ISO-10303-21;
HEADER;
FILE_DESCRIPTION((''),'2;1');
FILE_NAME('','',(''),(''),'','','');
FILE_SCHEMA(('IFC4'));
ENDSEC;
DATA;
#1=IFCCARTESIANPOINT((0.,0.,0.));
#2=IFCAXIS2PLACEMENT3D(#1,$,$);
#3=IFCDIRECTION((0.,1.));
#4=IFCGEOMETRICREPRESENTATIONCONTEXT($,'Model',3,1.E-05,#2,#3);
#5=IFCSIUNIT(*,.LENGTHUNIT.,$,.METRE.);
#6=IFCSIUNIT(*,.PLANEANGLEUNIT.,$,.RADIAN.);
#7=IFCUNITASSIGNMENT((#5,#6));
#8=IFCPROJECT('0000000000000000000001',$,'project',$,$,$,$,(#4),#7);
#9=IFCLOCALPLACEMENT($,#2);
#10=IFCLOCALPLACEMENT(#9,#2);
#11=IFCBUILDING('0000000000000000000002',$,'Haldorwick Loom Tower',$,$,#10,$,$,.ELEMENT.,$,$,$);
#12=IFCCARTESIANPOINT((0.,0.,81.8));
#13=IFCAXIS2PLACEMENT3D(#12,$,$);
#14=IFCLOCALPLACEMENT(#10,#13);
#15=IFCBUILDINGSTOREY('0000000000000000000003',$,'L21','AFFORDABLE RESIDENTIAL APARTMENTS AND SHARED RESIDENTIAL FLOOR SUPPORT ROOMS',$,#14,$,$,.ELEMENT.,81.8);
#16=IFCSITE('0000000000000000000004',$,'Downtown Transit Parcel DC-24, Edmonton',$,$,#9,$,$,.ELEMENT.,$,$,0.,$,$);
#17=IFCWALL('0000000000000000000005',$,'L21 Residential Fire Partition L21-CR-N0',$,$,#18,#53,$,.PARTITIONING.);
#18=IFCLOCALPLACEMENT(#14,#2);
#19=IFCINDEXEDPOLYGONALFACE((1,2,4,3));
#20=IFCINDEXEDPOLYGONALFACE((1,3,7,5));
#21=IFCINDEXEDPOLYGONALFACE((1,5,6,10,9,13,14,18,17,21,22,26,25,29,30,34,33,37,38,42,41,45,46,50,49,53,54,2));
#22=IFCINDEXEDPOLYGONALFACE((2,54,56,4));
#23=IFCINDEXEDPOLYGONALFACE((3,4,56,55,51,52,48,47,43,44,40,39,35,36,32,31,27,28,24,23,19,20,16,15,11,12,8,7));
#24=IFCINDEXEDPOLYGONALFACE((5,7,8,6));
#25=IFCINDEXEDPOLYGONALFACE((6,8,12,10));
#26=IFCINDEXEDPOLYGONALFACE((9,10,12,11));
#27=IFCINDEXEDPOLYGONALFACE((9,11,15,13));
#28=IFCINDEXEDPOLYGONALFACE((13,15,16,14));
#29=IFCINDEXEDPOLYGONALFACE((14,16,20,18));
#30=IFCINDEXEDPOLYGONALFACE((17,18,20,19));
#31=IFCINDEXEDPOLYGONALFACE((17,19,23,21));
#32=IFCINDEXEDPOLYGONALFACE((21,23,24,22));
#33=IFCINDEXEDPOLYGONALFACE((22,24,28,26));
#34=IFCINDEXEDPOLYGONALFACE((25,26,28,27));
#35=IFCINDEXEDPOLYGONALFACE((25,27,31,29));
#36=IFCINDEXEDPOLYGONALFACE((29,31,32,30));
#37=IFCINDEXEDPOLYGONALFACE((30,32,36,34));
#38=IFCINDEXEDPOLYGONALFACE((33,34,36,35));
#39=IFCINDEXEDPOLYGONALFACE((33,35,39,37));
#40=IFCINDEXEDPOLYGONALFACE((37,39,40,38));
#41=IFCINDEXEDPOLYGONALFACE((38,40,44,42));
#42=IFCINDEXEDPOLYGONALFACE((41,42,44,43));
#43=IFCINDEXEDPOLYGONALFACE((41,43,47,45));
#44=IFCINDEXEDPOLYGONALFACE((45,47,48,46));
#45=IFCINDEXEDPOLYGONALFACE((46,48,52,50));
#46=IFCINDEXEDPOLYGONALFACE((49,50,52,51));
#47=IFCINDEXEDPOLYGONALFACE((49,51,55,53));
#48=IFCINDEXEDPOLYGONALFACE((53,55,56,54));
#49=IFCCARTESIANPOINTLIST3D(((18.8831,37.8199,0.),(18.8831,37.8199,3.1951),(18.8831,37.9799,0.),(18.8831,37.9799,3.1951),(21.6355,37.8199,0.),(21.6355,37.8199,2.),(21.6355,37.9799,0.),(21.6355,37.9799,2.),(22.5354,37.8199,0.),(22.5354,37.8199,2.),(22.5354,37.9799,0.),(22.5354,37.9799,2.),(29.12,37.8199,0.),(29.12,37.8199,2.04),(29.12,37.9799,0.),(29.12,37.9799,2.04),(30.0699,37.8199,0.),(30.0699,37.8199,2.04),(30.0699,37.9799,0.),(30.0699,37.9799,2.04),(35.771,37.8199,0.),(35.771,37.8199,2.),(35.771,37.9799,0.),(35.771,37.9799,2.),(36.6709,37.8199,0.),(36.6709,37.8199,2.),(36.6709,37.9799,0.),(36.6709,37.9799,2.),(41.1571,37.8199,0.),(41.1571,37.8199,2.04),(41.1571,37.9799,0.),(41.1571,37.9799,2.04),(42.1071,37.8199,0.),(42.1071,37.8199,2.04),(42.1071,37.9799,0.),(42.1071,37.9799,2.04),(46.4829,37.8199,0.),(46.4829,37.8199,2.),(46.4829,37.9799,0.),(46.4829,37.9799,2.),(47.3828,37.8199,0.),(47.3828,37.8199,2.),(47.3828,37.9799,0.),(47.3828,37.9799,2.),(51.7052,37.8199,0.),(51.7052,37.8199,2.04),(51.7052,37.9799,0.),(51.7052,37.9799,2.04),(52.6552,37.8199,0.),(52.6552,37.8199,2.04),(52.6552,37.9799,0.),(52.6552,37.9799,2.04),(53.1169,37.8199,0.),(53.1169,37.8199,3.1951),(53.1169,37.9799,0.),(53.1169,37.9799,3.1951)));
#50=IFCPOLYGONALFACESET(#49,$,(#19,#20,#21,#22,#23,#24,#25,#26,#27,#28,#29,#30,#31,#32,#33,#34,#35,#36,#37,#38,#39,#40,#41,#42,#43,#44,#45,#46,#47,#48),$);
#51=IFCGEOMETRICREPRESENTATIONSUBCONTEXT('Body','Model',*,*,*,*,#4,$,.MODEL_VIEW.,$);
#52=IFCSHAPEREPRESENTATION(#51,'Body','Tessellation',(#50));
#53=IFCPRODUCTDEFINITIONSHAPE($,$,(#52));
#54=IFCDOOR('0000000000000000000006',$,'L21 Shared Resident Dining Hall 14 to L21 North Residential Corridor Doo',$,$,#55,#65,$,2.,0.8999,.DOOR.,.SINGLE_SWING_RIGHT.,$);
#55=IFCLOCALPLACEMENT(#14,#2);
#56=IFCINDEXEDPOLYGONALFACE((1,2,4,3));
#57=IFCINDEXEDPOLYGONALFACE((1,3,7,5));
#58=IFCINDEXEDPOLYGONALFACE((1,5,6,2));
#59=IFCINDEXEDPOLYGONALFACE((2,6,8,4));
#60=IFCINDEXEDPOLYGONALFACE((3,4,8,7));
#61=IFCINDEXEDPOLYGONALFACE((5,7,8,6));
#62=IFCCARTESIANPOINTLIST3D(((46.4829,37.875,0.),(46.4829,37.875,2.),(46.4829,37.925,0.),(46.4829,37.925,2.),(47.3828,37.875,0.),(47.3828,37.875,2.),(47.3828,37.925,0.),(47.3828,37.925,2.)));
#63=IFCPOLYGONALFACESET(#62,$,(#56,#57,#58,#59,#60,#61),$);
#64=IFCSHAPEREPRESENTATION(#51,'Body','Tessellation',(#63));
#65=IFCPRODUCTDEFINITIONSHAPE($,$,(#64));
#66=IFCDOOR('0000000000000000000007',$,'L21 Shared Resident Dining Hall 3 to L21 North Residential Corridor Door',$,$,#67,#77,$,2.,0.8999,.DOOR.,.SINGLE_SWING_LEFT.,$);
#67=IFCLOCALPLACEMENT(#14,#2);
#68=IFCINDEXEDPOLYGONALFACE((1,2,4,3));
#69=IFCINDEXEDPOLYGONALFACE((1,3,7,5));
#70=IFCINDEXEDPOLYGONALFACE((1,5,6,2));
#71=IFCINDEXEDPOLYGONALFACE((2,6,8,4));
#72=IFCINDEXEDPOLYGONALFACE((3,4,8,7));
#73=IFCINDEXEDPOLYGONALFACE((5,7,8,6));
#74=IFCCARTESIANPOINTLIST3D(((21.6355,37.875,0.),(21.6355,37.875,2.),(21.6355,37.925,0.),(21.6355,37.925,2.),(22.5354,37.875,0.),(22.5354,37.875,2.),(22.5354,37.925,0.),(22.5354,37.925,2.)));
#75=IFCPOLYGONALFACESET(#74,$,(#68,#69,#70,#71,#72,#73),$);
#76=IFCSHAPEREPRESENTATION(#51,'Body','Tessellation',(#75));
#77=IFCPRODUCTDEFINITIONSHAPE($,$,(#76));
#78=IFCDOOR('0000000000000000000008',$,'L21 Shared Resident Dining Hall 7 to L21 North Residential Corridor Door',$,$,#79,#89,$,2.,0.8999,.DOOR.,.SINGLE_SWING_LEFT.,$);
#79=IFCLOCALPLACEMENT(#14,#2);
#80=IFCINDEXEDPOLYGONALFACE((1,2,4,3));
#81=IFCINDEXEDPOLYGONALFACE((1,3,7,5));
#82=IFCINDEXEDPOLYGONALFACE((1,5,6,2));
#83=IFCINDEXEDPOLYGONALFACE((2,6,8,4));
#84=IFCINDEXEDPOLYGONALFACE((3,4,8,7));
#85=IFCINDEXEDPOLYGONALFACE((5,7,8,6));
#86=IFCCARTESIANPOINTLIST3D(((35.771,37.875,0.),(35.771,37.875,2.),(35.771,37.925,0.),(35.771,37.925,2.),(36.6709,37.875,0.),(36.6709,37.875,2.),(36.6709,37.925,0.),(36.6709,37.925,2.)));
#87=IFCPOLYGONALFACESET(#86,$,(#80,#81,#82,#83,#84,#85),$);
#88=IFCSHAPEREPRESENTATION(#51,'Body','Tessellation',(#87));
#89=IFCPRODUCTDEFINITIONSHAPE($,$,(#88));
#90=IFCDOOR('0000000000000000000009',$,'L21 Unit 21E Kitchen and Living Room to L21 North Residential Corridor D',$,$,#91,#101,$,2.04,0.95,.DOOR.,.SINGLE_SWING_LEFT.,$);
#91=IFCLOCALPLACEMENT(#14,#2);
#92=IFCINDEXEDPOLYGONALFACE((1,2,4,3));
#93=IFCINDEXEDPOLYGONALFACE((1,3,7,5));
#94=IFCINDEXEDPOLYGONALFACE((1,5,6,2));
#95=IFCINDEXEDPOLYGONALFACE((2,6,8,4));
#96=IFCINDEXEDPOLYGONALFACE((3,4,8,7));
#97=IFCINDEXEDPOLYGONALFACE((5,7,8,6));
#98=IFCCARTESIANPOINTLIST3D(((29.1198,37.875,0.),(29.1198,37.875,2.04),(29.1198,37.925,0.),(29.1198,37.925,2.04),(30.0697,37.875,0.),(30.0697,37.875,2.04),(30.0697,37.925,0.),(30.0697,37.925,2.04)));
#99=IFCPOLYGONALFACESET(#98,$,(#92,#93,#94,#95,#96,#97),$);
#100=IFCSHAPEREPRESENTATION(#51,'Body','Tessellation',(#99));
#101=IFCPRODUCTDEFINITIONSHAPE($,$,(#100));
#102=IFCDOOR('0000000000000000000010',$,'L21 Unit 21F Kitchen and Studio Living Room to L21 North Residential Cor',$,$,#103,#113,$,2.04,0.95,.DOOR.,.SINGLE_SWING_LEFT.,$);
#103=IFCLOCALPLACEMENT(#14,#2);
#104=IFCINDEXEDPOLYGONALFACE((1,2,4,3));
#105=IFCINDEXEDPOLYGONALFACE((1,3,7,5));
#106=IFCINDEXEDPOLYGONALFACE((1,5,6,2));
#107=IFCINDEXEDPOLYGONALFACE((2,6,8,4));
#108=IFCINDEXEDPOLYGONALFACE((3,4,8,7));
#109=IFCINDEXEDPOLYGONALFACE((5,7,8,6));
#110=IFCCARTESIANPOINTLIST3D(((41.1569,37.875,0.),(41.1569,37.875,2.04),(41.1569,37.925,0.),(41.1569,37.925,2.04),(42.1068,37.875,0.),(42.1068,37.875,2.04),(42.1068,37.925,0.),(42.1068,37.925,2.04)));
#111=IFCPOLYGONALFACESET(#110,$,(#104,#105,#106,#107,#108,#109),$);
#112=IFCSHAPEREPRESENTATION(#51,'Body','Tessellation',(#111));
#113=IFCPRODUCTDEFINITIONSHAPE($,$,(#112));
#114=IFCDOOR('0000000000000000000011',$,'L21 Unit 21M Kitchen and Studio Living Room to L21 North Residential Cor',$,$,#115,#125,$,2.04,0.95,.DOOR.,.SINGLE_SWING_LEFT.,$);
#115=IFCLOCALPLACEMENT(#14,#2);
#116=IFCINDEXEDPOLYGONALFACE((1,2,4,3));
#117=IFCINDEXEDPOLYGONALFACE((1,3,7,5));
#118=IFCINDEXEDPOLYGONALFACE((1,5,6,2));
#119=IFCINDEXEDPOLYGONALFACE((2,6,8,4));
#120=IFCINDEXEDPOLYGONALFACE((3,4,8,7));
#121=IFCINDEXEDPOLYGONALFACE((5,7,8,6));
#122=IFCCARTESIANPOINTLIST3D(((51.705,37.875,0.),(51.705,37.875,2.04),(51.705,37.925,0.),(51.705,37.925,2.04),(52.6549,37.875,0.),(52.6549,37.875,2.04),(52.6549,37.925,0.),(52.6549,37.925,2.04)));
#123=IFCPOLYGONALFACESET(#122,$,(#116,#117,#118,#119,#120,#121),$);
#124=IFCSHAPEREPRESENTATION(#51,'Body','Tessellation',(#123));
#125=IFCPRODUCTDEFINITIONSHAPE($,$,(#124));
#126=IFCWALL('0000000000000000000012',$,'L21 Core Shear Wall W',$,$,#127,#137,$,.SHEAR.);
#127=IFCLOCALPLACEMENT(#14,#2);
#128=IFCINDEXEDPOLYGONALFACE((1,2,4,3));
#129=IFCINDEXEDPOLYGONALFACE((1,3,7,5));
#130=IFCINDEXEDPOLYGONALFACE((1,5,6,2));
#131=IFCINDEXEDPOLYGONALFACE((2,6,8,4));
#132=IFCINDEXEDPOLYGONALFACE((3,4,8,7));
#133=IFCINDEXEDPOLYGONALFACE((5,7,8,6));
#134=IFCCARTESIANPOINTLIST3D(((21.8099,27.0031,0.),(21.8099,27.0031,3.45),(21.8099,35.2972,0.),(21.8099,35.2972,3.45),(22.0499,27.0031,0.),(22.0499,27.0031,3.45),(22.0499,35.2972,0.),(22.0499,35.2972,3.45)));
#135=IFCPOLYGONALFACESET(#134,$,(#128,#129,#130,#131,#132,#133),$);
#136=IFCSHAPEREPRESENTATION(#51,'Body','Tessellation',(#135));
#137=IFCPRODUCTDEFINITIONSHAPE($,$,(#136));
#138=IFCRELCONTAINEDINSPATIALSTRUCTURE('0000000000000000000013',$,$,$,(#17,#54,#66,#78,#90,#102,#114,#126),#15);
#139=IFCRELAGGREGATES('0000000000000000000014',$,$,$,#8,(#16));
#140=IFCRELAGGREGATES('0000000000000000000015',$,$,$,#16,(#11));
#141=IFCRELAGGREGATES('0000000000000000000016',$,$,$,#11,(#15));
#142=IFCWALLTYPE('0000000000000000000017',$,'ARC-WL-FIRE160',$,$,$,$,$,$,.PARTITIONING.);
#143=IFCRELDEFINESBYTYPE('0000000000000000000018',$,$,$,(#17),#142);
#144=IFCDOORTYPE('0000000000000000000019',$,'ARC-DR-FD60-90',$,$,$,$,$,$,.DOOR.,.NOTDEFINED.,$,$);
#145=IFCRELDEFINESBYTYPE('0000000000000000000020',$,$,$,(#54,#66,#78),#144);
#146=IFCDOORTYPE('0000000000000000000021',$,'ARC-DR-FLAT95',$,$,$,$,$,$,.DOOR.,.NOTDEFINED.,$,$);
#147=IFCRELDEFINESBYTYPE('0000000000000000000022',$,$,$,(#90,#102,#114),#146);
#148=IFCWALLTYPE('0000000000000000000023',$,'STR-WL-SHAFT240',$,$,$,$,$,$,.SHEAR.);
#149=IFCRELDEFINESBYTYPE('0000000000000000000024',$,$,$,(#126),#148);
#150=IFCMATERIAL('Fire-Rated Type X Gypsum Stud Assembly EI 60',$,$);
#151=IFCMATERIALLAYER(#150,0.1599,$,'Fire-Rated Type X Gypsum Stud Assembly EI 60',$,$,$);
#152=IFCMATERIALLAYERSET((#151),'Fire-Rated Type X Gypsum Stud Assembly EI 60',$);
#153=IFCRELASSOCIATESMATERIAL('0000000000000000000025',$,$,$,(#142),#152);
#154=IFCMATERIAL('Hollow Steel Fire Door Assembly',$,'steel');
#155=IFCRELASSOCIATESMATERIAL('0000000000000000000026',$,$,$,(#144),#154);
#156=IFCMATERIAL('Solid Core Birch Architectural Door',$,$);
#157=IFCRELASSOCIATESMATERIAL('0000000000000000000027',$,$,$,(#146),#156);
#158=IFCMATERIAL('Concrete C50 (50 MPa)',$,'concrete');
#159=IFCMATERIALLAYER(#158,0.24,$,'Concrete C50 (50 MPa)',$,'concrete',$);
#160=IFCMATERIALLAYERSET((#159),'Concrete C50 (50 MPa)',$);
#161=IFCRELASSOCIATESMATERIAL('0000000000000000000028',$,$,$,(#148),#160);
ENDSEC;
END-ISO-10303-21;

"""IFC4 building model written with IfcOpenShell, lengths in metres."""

from ifc_helpers import new_model, si_unit, direction, frame, frame_2d, origin, place, context, subcontext, project, spatial, rectangle, extrude, material, layer, layer_set, type_object, element, fill, save


model = new_model("IFC4")

# Units and contexts
model_context = context("Model", 3, precision=1e-05, world=origin(), true_north=direction((0.0, 1.0)))
body_context = subcontext(model_context, "Body", "Model", "MODEL_VIEW")
ifc_project = project(units=[si_unit("LENGTHUNIT", "METRE"), si_unit("PLANEANGLEUNIT", "RADIAN")], contexts=[model_context])

# Site, building, storey
site_placement = place(None, origin())
site = spatial("IfcSite", under=ifc_project, at=site_placement, Name="Downtown Transit Parcel DC-24, Edmonton", CompositionType="ELEMENT", RefElevation=0.0)
building_placement = place(site_placement, origin())
building = spatial("IfcBuilding", under=site, at=building_placement, Name="Haldorwick Loom Tower", CompositionType="ELEMENT")
storey_placement = place(building_placement, frame((0.0, 0.0, 81.8)))
storey = spatial("IfcBuildingStorey", under=building, at=storey_placement, Name="L21", Description="AFFORDABLE RESIDENTIAL APARTMENTS AND SHARED RESIDENTIAL FLOOR SUPPORT ROOMS", CompositionType="ELEMENT", Elevation=81.8)

# Wall, openings, doors
ifc_material_1 = material(Name="Fire-Rated Type X Gypsum Stud Assembly EI 60")
ifc_layer_1 = layer(ifc_material_1, 0.1599, Name="Fire-Rated Type X Gypsum Stud Assembly EI 60")
ifc_layer_set_1 = layer_set([ifc_layer_1], Name="Fire-Rated Type X Gypsum Stud Assembly EI 60")
wall_type_1 = type_object("IfcWallType", Name="ARC-WL-FIRE160", PredefinedType="PARTITIONING", material=ifc_layer_set_1)
wall_1_placement = place(storey_placement, frame((18.8831, 37.8999, 0.0), z_axis=(0.0, 0.0, 1.0), x_axis=(1.0, 0.0, 0.0)))
wall_1 = element("IfcWall", 1, at=wall_1_placement, inside=storey, type_object=wall_type_1, Name="L21 Residential Fire Partition L21-CR-N0", PredefinedType="PARTITIONING", context=body_context, shape_type="SweptSolid", body=[
    extrude(rectangle(XDim=34.2339, YDim=0.1599, at=frame_2d((17.1169, 0.0))), origin(), (0.0, 0.0, 1.0), 3.1951),
])
opening_1_placement = place(wall_1_placement, frame((10.2368, 0.0, 0.0)))
opening_1 = element("IfcOpeningElement", 2, at=opening_1_placement, cuts=wall_1, PredefinedType="OPENING", context=body_context, shape_type="SweptSolid", body=[
    extrude(rectangle(XDim=0.95, YDim=2.04, at=frame_2d((0.4751, 1.02))), frame((0.0, 0.0898, 0.0), z_axis=(0.0, -1.0, 0.0), x_axis=(1.0, 0.0, 0.0)), (0.0, 0.0, 1.0), 0.1799),
])
opening_2_placement = place(wall_1_placement, frame((27.5999, 0.0, 0.0)))
opening_2 = element("IfcOpeningElement", 3, at=opening_2_placement, cuts=wall_1, PredefinedType="OPENING", context=body_context, shape_type="SweptSolid", body=[
    extrude(rectangle(XDim=0.8999, YDim=2.0, at=frame_2d((0.45, 1.0))), frame((0.0, 0.0898, 0.0), z_axis=(0.0, -1.0, 0.0), x_axis=(1.0, 0.0, 0.0)), (0.0, 0.0, 1.0), 0.1799),
])
opening_3_placement = place(wall_1_placement, frame((2.7524, 0.0, 0.0)))
opening_3 = element("IfcOpeningElement", 4, at=opening_3_placement, cuts=wall_1, PredefinedType="OPENING", context=body_context, shape_type="SweptSolid", body=[
    extrude(rectangle(XDim=0.8999, YDim=2.0, at=frame_2d((0.45, 1.0))), frame((0.0, 0.0898, 0.0), z_axis=(0.0, -1.0, 0.0), x_axis=(1.0, 0.0, 0.0)), (0.0, 0.0, 1.0), 0.1799),
])
opening_4_placement = place(wall_1_placement, frame((16.8879, 0.0, 0.0)))
opening_4 = element("IfcOpeningElement", 5, at=opening_4_placement, cuts=wall_1, PredefinedType="OPENING", context=body_context, shape_type="SweptSolid", body=[
    extrude(rectangle(XDim=0.8999, YDim=2.0, at=frame_2d((0.45, 1.0))), frame((0.0, 0.0898, 0.0), z_axis=(0.0, -1.0, 0.0), x_axis=(1.0, 0.0, 0.0)), (0.0, 0.0, 1.0), 0.1799),
])
opening_5_placement = place(wall_1_placement, frame((22.2739, 0.0, 0.0)))
opening_5 = element("IfcOpeningElement", 6, at=opening_5_placement, cuts=wall_1, PredefinedType="OPENING", context=body_context, shape_type="SweptSolid", body=[
    extrude(rectangle(XDim=0.95, YDim=2.04, at=frame_2d((0.4751, 1.02))), frame((0.0, 0.0898, 0.0), z_axis=(0.0, -1.0, 0.0), x_axis=(1.0, 0.0, 0.0)), (0.0, 0.0, 1.0), 0.1799),
])
opening_6_placement = place(wall_1_placement, frame((32.822, 0.0, 0.0)))
opening_6 = element("IfcOpeningElement", 7, at=opening_6_placement, cuts=wall_1, PredefinedType="OPENING", context=body_context, shape_type="SweptSolid", body=[
    extrude(rectangle(XDim=0.95, YDim=2.04, at=frame_2d((0.4751, 1.02))), frame((0.0, 0.0898, 0.0), z_axis=(0.0, -1.0, 0.0), x_axis=(1.0, 0.0, 0.0)), (0.0, 0.0, 1.0), 0.1799),
])
ifc_material_2 = material(Name="Hollow Steel Fire Door Assembly", Category="steel")
door_type_1 = type_object("IfcDoorType", Name="ARC-DR-FD60-90", OperationType="NOTDEFINED", PredefinedType="DOOR", material=ifc_material_2)
door_1_placement = place(opening_2_placement, frame((0.8999, 0.0, 0.0), z_axis=(0.0, 0.0, 1.0), x_axis=(-1.0, 0.0, 0.0)))
door_1 = element("IfcDoor", 8, at=door_1_placement, inside=storey, type_object=door_type_1, Name="L21 Shared Resident Dining Hall 14 to L21 North Residential Corridor Doo", OperationType="SINGLE_SWING_RIGHT", OverallHeight=2.0, OverallWidth=0.8999, PredefinedType="DOOR", context=body_context, shape_type="SweptSolid", body=[
    extrude(rectangle(XDim=0.8999, YDim=2.0, at=frame_2d((0.45, 1.0))), frame((0.0, 0.0249, 0.0), z_axis=(0.0, -1.0, 0.0), x_axis=(1.0, 0.0, 0.0)), (0.0, 0.0, 1.0), 0.05),
])
fill(opening_2, door_1)
door_2_placement = place(opening_3_placement, frame((0.8999, 0.0, 0.0), z_axis=(0.0, 0.0, 1.0), x_axis=(-1.0, 0.0, 0.0)))
door_2 = element("IfcDoor", 9, at=door_2_placement, inside=storey, type_object=door_type_1, Name="L21 Shared Resident Dining Hall 3 to L21 North Residential Corridor Door", OperationType="SINGLE_SWING_LEFT", OverallHeight=2.0, OverallWidth=0.8999, PredefinedType="DOOR", context=body_context, shape_type="SweptSolid", body=[
    extrude(rectangle(XDim=0.8999, YDim=2.0, at=frame_2d((0.45, 1.0))), frame((0.0, 0.0249, 0.0), z_axis=(0.0, -1.0, 0.0), x_axis=(1.0, 0.0, 0.0)), (0.0, 0.0, 1.0), 0.05),
])
fill(opening_3, door_2)
door_3_placement = place(opening_4_placement, frame((0.8999, 0.0, 0.0), z_axis=(0.0, 0.0, 1.0), x_axis=(-1.0, 0.0, 0.0)))
door_3 = element("IfcDoor", 10, at=door_3_placement, inside=storey, type_object=door_type_1, Name="L21 Shared Resident Dining Hall 7 to L21 North Residential Corridor Door", OperationType="SINGLE_SWING_LEFT", OverallHeight=2.0, OverallWidth=0.8999, PredefinedType="DOOR", context=body_context, shape_type="SweptSolid", body=[
    extrude(rectangle(XDim=0.8999, YDim=2.0, at=frame_2d((0.45, 1.0))), frame((0.0, 0.0249, 0.0), z_axis=(0.0, -1.0, 0.0), x_axis=(1.0, 0.0, 0.0)), (0.0, 0.0, 1.0), 0.05),
])
fill(opening_4, door_3)
ifc_material_3 = material(Name="Solid Core Birch Architectural Door")
door_type_2 = type_object("IfcDoorType", Name="ARC-DR-FLAT95", OperationType="NOTDEFINED", PredefinedType="DOOR", material=ifc_material_3)
door_4_placement = place(opening_1_placement, frame((0.95, 0.0, 0.0), z_axis=(0.0, 0.0, 1.0), x_axis=(-1.0, 0.0, 0.0)))
door_4 = element("IfcDoor", 11, at=door_4_placement, inside=storey, type_object=door_type_2, Name="L21 Unit 21E Kitchen and Living Room to L21 North Residential Corridor D", OperationType="SINGLE_SWING_LEFT", OverallHeight=2.04, OverallWidth=0.95, PredefinedType="DOOR", context=body_context, shape_type="SweptSolid", body=[
    extrude(rectangle(XDim=0.95, YDim=2.04, at=frame_2d((0.4751, 1.02))), frame((0.0, 0.0249, 0.0), z_axis=(0.0, -1.0, 0.0), x_axis=(1.0, 0.0, 0.0)), (0.0, 0.0, 1.0), 0.05),
])
fill(opening_1, door_4)
door_5_placement = place(opening_5_placement, frame((0.95, 0.0, 0.0), z_axis=(0.0, 0.0, 1.0), x_axis=(-1.0, 0.0, 0.0)))
door_5 = element("IfcDoor", 12, at=door_5_placement, inside=storey, type_object=door_type_2, Name="L21 Unit 21F Kitchen and Studio Living Room to L21 North Residential Cor", OperationType="SINGLE_SWING_LEFT", OverallHeight=2.04, OverallWidth=0.95, PredefinedType="DOOR", context=body_context, shape_type="SweptSolid", body=[
    extrude(rectangle(XDim=0.95, YDim=2.04, at=frame_2d((0.4751, 1.02))), frame((0.0, 0.0249, 0.0), z_axis=(0.0, -1.0, 0.0), x_axis=(1.0, 0.0, 0.0)), (0.0, 0.0, 1.0), 0.05),
])
fill(opening_5, door_5)
door_6_placement = place(opening_6_placement, frame((0.95, 0.0, 0.0), z_axis=(0.0, 0.0, 1.0), x_axis=(-1.0, 0.0, 0.0)))
door_6 = element("IfcDoor", 13, at=door_6_placement, inside=storey, type_object=door_type_2, Name="L21 Unit 21M Kitchen and Studio Living Room to L21 North Residential Cor", OperationType="SINGLE_SWING_LEFT", OverallHeight=2.04, OverallWidth=0.95, PredefinedType="DOOR", context=body_context, shape_type="SweptSolid", body=[
    extrude(rectangle(XDim=0.95, YDim=2.04, at=frame_2d((0.4751, 1.02))), frame((0.0, 0.0249, 0.0), z_axis=(0.0, -1.0, 0.0), x_axis=(1.0, 0.0, 0.0)), (0.0, 0.0, 1.0), 0.05),
])
fill(opening_6, door_6)

# Wall
ifc_material_4 = material(Name="Concrete C50 (50 MPa)", Category="concrete")
ifc_layer_2 = layer(ifc_material_4, 0.24, Name="Concrete C50 (50 MPa)", Category="concrete")
ifc_layer_set_2 = layer_set([ifc_layer_2], Name="Concrete C50 (50 MPa)")
wall_type_2 = type_object("IfcWallType", Name="STR-WL-SHAFT240", PredefinedType="SHEAR", material=ifc_layer_set_2)
wall_2_placement = place(storey_placement, frame((21.9299, 35.2971, 0.0), z_axis=(0.0, 0.0, 1.0), x_axis=(0.0, -1.0, 0.0)))
element("IfcWall", 14, at=wall_2_placement, inside=storey, type_object=wall_type_2, Name="L21 Core Shear Wall W", PredefinedType="SHEAR", context=body_context, shape_type="SweptSolid", body=[
    extrude(rectangle(XDim=8.2942, YDim=0.24, at=frame_2d((4.147, 0.0))), origin(), (0.0, 0.0, 1.0), 3.45),
])

save(model, "model.ifc")
